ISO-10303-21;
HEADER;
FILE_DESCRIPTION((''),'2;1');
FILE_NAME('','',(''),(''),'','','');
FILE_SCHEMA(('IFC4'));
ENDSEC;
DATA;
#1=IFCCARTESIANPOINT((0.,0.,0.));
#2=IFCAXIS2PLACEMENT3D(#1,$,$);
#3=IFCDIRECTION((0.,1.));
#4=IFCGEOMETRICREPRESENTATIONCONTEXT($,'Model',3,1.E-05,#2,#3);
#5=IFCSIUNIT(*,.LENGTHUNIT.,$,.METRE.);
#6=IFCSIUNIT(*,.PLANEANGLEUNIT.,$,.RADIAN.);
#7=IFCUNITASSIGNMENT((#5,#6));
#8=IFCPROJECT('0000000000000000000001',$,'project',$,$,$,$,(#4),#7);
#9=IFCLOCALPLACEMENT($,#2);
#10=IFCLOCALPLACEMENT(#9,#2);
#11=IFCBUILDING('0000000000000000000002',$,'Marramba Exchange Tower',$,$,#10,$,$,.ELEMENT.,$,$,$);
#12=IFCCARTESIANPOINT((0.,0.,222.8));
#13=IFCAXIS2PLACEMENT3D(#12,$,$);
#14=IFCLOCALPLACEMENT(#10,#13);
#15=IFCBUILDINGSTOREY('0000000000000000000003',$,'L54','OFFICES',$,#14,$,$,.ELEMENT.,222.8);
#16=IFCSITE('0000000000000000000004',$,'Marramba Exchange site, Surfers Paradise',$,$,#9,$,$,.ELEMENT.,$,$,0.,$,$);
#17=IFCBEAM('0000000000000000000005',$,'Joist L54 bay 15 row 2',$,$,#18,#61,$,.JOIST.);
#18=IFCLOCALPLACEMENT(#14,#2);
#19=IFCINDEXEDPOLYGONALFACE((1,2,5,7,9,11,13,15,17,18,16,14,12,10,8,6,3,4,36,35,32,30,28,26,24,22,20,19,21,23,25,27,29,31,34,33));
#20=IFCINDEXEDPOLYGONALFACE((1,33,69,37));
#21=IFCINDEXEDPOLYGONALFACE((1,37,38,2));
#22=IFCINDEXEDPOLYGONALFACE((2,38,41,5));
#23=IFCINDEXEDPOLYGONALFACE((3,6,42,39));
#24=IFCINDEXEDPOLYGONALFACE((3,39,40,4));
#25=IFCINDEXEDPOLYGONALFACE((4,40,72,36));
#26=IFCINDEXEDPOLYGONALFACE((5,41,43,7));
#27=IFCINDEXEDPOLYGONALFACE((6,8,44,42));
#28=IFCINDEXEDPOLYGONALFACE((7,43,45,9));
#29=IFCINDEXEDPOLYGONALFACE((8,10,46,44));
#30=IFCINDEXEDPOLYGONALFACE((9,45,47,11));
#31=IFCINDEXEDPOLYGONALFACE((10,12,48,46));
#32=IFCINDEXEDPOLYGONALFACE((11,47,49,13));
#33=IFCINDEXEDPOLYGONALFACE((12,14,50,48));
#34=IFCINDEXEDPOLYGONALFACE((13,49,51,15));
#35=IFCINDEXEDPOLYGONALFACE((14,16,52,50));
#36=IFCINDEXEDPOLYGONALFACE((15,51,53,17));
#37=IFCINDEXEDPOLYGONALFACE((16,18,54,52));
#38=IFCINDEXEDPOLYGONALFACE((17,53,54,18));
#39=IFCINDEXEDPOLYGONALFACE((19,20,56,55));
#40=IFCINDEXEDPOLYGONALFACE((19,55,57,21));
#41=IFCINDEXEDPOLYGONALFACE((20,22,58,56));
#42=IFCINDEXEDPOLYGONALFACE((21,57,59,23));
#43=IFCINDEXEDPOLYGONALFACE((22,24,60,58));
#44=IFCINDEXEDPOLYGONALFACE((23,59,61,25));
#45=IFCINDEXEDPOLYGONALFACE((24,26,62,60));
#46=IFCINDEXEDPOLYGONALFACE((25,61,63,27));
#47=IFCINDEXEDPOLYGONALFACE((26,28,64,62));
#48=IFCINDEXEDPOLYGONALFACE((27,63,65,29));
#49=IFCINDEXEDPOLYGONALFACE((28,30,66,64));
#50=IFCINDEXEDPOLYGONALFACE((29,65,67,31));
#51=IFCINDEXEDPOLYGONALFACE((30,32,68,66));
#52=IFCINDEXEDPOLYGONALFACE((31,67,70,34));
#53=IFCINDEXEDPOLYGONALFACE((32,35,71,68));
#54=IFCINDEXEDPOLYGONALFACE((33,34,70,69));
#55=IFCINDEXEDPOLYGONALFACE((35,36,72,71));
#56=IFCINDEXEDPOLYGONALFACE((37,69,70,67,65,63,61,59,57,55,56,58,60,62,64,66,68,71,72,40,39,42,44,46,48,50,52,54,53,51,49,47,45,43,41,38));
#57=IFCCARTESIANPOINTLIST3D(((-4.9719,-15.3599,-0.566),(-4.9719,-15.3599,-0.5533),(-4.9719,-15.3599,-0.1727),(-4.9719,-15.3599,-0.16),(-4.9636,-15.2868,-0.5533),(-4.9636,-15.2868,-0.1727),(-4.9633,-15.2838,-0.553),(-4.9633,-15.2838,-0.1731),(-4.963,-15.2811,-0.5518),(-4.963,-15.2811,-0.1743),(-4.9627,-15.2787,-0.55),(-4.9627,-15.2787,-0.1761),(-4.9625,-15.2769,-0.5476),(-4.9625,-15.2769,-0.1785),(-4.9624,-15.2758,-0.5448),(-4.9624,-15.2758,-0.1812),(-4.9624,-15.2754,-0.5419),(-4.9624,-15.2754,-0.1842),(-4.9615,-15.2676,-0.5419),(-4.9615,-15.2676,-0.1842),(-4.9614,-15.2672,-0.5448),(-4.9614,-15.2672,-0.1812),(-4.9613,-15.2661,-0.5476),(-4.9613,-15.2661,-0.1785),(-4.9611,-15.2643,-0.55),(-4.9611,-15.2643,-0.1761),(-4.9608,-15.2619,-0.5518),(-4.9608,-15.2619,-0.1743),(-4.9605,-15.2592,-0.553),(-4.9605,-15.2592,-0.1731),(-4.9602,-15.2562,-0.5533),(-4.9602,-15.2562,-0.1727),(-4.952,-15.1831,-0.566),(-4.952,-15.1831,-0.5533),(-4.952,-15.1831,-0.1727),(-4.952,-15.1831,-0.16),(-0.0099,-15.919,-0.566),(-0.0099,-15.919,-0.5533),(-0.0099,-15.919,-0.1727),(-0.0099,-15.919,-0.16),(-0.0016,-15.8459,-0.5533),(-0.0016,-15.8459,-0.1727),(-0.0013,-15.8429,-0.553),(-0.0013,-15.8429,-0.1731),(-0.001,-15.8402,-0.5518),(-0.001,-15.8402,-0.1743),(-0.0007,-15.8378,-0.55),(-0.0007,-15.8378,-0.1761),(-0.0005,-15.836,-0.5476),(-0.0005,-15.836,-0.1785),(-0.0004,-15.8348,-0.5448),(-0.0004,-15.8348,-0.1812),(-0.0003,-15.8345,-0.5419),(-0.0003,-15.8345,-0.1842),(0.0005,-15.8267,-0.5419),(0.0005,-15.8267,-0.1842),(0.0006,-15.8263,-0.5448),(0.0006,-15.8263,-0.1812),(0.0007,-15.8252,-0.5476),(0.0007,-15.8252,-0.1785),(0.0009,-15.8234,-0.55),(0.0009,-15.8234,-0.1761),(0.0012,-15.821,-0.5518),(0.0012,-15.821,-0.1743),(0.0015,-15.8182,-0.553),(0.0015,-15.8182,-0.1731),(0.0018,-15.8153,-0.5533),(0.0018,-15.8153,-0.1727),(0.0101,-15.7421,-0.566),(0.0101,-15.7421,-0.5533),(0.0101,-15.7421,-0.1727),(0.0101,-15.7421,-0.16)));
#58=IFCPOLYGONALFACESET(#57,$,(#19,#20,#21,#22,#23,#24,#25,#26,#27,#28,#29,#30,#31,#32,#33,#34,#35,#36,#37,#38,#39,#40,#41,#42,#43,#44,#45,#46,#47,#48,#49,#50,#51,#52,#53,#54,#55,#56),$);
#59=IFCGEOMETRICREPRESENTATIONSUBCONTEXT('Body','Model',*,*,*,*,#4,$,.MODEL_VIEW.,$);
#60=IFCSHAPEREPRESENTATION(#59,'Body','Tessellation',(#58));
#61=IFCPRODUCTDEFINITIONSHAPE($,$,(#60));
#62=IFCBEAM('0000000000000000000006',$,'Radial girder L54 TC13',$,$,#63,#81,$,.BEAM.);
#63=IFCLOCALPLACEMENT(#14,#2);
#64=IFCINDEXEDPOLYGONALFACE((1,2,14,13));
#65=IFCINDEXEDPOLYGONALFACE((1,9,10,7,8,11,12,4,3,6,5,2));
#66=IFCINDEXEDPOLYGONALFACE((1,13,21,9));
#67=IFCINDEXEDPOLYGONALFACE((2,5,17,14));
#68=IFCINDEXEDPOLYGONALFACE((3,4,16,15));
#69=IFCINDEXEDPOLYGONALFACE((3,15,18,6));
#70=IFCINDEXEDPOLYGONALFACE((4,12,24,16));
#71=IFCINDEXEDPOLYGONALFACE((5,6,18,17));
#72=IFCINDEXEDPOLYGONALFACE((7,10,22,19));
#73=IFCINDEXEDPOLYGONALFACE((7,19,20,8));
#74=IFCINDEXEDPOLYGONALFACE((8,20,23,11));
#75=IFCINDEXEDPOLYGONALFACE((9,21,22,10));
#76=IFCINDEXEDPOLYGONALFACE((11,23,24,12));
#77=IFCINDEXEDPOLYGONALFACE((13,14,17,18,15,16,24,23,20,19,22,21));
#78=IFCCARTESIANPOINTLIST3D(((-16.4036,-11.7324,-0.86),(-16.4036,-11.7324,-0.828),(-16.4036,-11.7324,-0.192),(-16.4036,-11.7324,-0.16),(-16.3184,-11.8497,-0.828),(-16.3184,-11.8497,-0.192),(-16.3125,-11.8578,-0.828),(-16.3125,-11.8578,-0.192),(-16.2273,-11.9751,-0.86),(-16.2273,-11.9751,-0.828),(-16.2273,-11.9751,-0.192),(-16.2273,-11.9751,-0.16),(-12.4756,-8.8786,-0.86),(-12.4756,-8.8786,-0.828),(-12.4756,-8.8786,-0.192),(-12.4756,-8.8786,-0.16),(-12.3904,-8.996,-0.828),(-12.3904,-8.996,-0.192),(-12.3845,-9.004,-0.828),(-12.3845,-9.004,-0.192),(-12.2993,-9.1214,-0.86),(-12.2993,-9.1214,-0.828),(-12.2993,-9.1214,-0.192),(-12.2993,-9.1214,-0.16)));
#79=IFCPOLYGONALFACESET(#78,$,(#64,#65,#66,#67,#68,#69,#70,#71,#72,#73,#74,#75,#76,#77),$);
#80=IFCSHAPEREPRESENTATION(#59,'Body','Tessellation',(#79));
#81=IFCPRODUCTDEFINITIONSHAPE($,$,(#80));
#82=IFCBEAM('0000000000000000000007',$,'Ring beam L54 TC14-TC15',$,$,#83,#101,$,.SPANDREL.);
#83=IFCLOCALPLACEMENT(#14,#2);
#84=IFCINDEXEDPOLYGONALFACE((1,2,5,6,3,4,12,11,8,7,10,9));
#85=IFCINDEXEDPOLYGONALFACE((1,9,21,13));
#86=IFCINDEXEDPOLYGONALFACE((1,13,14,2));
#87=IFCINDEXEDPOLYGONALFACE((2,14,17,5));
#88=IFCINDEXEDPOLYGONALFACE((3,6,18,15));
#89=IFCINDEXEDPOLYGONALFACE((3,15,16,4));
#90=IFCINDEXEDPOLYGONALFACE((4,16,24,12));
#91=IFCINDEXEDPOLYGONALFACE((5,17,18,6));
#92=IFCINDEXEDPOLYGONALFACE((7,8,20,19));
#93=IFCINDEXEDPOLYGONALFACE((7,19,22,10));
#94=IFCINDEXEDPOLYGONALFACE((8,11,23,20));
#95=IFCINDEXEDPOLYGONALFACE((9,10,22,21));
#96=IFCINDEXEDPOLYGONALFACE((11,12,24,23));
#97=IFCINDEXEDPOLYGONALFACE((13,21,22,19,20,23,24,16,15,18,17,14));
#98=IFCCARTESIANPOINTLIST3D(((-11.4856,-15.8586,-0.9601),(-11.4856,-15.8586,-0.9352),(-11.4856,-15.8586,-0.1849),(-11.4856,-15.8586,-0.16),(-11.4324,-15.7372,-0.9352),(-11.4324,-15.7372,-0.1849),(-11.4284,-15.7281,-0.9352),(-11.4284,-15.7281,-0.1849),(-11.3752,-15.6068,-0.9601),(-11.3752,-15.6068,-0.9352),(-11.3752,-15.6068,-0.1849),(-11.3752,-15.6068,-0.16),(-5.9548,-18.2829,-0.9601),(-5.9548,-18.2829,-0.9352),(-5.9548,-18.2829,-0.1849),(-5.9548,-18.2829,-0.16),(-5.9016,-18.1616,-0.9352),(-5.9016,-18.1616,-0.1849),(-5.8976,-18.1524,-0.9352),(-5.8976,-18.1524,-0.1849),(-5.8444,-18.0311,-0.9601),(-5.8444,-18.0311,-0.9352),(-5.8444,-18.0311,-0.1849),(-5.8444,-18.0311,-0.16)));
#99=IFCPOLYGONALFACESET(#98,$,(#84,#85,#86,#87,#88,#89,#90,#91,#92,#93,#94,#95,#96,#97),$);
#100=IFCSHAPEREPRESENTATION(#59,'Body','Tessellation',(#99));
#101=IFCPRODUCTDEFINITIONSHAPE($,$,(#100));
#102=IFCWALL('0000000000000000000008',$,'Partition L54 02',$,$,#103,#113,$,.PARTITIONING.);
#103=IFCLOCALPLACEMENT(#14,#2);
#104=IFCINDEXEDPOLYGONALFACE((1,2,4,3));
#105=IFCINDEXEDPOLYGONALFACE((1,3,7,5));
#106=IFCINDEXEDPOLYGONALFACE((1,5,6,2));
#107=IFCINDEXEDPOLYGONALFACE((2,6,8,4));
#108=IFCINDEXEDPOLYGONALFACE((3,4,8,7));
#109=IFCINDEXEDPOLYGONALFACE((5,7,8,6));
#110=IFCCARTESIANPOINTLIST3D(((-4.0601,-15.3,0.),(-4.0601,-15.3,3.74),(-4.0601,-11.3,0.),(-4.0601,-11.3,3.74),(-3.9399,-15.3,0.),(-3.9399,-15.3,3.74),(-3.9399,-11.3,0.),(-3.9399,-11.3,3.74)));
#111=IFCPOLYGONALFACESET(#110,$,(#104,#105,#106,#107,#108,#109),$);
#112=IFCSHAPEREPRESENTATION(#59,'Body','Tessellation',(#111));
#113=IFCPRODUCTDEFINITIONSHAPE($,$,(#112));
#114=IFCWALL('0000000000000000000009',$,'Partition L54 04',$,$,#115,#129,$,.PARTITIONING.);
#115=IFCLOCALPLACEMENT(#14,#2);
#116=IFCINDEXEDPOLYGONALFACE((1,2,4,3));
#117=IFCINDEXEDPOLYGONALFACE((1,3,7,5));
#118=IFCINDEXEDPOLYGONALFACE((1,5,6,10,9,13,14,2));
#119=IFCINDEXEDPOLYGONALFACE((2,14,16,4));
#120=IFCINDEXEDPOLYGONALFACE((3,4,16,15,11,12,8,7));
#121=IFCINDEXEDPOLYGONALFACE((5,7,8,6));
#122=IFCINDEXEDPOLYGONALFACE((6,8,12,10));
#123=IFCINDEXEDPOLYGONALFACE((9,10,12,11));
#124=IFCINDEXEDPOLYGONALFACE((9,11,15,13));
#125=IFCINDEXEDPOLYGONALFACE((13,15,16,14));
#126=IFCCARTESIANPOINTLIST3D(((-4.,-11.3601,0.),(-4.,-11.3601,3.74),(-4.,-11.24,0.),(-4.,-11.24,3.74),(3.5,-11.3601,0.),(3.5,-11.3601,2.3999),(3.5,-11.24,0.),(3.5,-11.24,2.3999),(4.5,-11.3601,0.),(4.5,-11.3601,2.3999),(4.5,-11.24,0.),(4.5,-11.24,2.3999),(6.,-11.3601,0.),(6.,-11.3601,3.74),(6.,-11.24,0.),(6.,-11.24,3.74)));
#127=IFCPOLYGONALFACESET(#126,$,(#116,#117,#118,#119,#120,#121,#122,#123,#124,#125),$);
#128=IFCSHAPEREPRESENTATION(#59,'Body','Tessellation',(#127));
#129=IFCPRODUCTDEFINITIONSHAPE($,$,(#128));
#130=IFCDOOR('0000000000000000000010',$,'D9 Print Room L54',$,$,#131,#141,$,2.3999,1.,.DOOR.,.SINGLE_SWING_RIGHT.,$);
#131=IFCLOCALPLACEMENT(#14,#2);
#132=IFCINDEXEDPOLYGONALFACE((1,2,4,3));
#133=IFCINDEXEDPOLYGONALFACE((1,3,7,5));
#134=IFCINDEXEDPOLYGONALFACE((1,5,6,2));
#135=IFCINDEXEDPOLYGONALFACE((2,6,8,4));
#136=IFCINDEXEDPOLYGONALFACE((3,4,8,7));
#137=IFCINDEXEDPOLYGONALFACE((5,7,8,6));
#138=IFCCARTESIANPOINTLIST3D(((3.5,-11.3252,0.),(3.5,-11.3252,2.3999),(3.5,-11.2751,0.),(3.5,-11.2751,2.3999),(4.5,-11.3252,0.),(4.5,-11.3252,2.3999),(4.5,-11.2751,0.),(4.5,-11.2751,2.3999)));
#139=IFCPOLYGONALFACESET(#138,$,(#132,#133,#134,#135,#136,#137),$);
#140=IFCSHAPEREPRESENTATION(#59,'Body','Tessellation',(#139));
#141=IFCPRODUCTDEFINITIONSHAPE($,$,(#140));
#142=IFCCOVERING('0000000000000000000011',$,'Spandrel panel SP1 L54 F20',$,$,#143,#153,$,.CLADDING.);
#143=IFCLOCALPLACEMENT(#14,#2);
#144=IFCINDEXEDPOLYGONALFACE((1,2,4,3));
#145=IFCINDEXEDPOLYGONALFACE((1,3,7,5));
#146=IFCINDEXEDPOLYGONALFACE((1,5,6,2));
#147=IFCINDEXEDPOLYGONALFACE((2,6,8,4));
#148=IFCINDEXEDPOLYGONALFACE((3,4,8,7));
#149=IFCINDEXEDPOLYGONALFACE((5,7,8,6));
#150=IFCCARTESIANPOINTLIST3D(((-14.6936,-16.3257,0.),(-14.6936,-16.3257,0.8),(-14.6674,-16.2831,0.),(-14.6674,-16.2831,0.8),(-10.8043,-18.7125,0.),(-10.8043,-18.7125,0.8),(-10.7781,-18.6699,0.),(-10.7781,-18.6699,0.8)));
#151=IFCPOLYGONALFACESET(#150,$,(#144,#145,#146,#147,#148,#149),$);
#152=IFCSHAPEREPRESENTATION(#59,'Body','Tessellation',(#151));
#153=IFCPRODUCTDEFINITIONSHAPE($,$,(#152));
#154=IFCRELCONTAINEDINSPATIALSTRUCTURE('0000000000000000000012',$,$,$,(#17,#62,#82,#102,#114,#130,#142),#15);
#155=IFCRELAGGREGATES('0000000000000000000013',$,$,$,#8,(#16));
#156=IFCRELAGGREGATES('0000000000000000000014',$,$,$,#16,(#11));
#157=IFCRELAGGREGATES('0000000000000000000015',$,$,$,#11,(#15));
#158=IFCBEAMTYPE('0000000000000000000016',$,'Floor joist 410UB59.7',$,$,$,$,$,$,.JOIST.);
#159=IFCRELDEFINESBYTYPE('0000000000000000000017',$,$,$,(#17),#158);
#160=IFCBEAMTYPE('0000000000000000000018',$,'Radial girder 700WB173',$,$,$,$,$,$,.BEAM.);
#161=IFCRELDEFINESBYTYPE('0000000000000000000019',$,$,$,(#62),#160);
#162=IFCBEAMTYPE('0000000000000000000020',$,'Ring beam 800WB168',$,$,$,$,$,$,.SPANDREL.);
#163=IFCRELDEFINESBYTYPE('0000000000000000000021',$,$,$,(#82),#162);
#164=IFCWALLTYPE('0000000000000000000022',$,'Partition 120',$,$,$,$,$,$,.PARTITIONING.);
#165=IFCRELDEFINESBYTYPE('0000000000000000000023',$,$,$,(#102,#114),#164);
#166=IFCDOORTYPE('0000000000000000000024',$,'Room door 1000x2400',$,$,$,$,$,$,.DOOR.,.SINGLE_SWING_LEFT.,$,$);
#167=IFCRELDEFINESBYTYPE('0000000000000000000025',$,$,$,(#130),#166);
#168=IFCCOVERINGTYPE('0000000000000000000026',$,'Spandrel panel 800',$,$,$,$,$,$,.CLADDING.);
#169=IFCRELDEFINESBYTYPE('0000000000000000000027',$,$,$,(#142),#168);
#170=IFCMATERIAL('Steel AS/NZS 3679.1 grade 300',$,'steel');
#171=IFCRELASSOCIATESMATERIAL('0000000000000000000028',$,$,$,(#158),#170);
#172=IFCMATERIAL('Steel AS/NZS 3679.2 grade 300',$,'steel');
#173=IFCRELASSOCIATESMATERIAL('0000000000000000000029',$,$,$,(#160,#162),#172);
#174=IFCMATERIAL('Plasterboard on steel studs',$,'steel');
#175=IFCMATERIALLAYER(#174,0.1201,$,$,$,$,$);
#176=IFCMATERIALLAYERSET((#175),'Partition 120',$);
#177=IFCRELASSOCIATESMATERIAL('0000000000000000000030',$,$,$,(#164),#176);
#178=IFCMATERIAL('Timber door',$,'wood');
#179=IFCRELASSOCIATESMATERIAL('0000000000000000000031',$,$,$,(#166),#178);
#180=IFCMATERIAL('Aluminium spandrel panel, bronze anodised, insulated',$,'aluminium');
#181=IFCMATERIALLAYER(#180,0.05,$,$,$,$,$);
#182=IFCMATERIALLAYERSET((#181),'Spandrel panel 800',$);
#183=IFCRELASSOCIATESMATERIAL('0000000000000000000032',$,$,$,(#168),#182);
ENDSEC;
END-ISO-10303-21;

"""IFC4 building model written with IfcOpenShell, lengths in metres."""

from ifc_helpers import new_model, si_unit, direction, frame, frame_2d, origin, origin_2d, place, context, subcontext, project, spatial, rectangle, i_section, extrude, material, layer, layer_set, material_profile, profile_set, type_object, element, fill, save


model = new_model("IFC4")

# Units and contexts
model_context = context("Model", 3, precision=1e-05, world=origin(), true_north=direction((0.0, 1.0)))
body_context = subcontext(model_context, "Body", "Model", "MODEL_VIEW")
ifc_project = project(units=[si_unit("LENGTHUNIT", "METRE"), si_unit("PLANEANGLEUNIT", "RADIAN")], contexts=[model_context])

# Site, building, storey
site_placement = place(None, origin())
site = spatial("IfcSite", under=ifc_project, at=site_placement, Name="Marramba Exchange site, Surfers Paradise", CompositionType="ELEMENT", RefElevation=0.0)
building_placement = place(site_placement, origin())
building = spatial("IfcBuilding", under=site, at=building_placement, Name="Marramba Exchange Tower", CompositionType="ELEMENT")
storey_placement = place(building_placement, frame((0.0, 0.0, 222.8)))
storey = spatial("IfcBuildingStorey", under=building, at=storey_placement, Name="L54", Description="OFFICES", CompositionType="ELEMENT", Elevation=222.8)

# Beams
ifc_material_1 = material(Name="Steel AS/NZS 3679.2 grade 300", Category="steel")
ifc_material_2 = material(Name="Steel AS/NZS 3679.1 grade 300", Category="steel")
ifc_material_profile_1 = material_profile(ifc_material_2, i_section(OverallWidth=0.178, OverallDepth=0.406, WebThickness=0.0078, FlangeThickness=0.0127, FilletRadius=0.0115, at=origin_2d()), Name="410UB59.7")
ifc_profile_set_1 = profile_set([ifc_material_profile_1], Name="Steel AS/NZS 3679.1 grade 300")
beam_type_1 = type_object("IfcBeamType", Name="Floor joist 410UB59.7", PredefinedType="JOIST", material=ifc_profile_set_1)
beam_1_placement = place(storey_placement, frame((-4.9619, -15.2715, -0.363), z_axis=(0.993712, -0.111966, 0.0), x_axis=(0.111966, 0.993712, 0.0)))
element("IfcBeam", 1, at=beam_1_placement, inside=storey, type_object=beam_type_1, Name="Joist L54 bay 15 row 2", PredefinedType="JOIST", context=body_context, shape_type="SweptSolid", body=[
    extrude(i_section(OverallWidth=0.178, OverallDepth=0.406, WebThickness=0.0078, FlangeThickness=0.0127, FilletRadius=0.0115, at=origin_2d()), origin(), (0.0, 0.0, 1.0), 4.9934),
])
ifc_material_profile_2 = material_profile(ifc_material_1, i_section(OverallWidth=0.3, OverallDepth=0.7, WebThickness=0.01, FlangeThickness=0.032, at=origin_2d()), Name="700WB173")
ifc_profile_set_2 = profile_set([ifc_material_profile_2], Name="Steel AS/NZS 3679.2 grade 300")
beam_type_2 = type_object("IfcBeamType", Name="Radial girder 700WB173", PredefinedType="BEAM", material=ifc_profile_set_2)
beam_2_placement = place(storey_placement, frame((-12.3875, -9.0, -0.51), z_axis=(-0.809025, -0.587774, 0.0), x_axis=(0.587774, -0.809025, 0.0)))
element("IfcBeam", 2, at=beam_2_placement, inside=storey, type_object=beam_type_2, Name="Radial girder L54 TC13", PredefinedType="BEAM", context=body_context, shape_type="SweptSolid", body=[
    extrude(i_section(OverallWidth=0.3, OverallDepth=0.7, WebThickness=0.01, FlangeThickness=0.032, at=origin_2d()), origin(), (0.0, 0.0, 1.0), 4.8552),
])
ifc_material_profile_3 = material_profile(ifc_material_1, i_section(OverallWidth=0.2749, OverallDepth=0.8, WebThickness=0.01, FlangeThickness=0.0249, at=origin_2d()), Name="800WB168")
ifc_profile_set_3 = profile_set([ifc_material_profile_3], Name="Steel AS/NZS 3679.2 grade 300")
beam_type_3 = type_object("IfcBeamType", Name="Ring beam 800WB168", PredefinedType="SPANDREL", material=ifc_profile_set_3)
beam_3_placement = place(storey_placement, frame((-11.4304, -15.7327, -0.5601), z_axis=(0.915877, -0.401459, 0.0), x_axis=(0.401459, 0.915877, 0.0)))
element("IfcBeam", 3, at=beam_3_placement, inside=storey, type_object=beam_type_3, Name="Ring beam L54 TC14-TC15", PredefinedType="SPANDREL", context=body_context, shape_type="SweptSolid", body=[
    extrude(i_section(OverallWidth=0.2749, OverallDepth=0.8, WebThickness=0.01, FlangeThickness=0.0249, at=origin_2d()), origin(), (0.0, 0.0, 1.0), 6.0388),
])

# Wall
ifc_material_3 = material(Name="Plasterboard on steel studs", Category="steel")
ifc_layer_1 = layer(ifc_material_3, 0.1201)
ifc_layer_set_1 = layer_set([ifc_layer_1], Name="Partition 120")
wall_type = type_object("IfcWallType", Name="Partition 120", PredefinedType="PARTITIONING", material=ifc_layer_set_1)
wall_1_placement = place(storey_placement, frame((-4.0, -15.3, 0.0), z_axis=(0.0, 0.0, 1.0), x_axis=(0.0, 1.0, 0.0)))
element("IfcWall", 4, at=wall_1_placement, inside=storey, type_object=wall_type, Name="Partition L54 02", PredefinedType="PARTITIONING", context=body_context, shape_type="SweptSolid", body=[
    extrude(rectangle(XDim=4.0, YDim=0.1201, at=frame_2d((2.0, 0.0))), origin(), (0.0, 0.0, 1.0), 3.74),
])

# Wall, opening, door
wall_2_placement = place(storey_placement, frame((-4.0, -11.3, 0.0), z_axis=(0.0, 0.0, 1.0), x_axis=(1.0, 0.0, 0.0)))
wall_2 = element("IfcWall", 5, at=wall_2_placement, inside=storey, type_object=wall_type, Name="Partition L54 04", PredefinedType="PARTITIONING", context=body_context, shape_type="SweptSolid", body=[
    extrude(rectangle(XDim=10.0, YDim=0.1201, at=frame_2d((5.0, 0.0))), origin(), (0.0, 0.0, 1.0), 3.74),
])
opening_placement = place(wall_2_placement, frame((7.5, 0.0, 0.0)))
opening = element("IfcOpeningElement", 6, at=opening_placement, cuts=wall_2, PredefinedType="OPENING", context=body_context, shape_type="SweptSolid", body=[
    extrude(rectangle(XDim=1.0, YDim=2.3999, at=frame_2d((0.5, 1.2))), frame((0.0, 0.0701, 0.0), z_axis=(0.0, -1.0, 0.0), x_axis=(1.0, 0.0, 0.0)), (0.0, 0.0, 1.0), 0.1401),
])
ifc_material_4 = material(Name="Timber door", Category="wood")
door_type = type_object("IfcDoorType", Name="Room door 1000x2400", OperationType="SINGLE_SWING_LEFT", PredefinedType="DOOR", material=ifc_material_4)
door_placement = place(opening_placement, frame((1.0, 0.0, 0.0), z_axis=(0.0, 0.0, 1.0), x_axis=(-1.0, 0.0, 0.0)))
door = element("IfcDoor", 7, at=door_placement, inside=storey, type_object=door_type, Name="D9 Print Room L54", OperationType="SINGLE_SWING_RIGHT", OverallHeight=2.3999, OverallWidth=1.0, PredefinedType="DOOR", context=body_context, shape_type="SweptSolid", body=[
    extrude(rectangle(XDim=1.0, YDim=2.3999, at=frame_2d((0.5, 1.2))), frame((0.0, 0.0251, 0.0), z_axis=(0.0, -1.0, 0.0), x_axis=(1.0, 0.0, 0.0)), (0.0, 0.0, 1.0), 0.05),
])
fill(opening, door)

# Covering
ifc_material_5 = material(Name="Aluminium spandrel panel, bronze anodised, insulated", Category="aluminium")
ifc_layer_2 = layer(ifc_material_5, 0.05)
ifc_layer_set_2 = layer_set([ifc_layer_2], Name="Spandrel panel 800")
covering_type = type_object("IfcCoveringType", Name="Spandrel panel 800", PredefinedType="CLADDING", material=ifc_layer_set_2)
covering_placement = place(storey_placement, frame((-12.7358, -17.4978, 0.0), z_axis=(0.0, 0.0, 1.0), x_axis=(0.852301, -0.523052, 0.0)))
element("IfcCovering", 8, at=covering_placement, inside=storey, type_object=covering_type, Name="Spandrel panel SP1 L54 F20", PredefinedType="CLADDING", context=body_context, shape_type="SweptSolid", body=[
    extrude(rectangle(XDim=4.5632, YDim=0.05, at=origin_2d()), origin(), (0.0, 0.0, 1.0), 0.8),
])

save(model, "model.ifc")
